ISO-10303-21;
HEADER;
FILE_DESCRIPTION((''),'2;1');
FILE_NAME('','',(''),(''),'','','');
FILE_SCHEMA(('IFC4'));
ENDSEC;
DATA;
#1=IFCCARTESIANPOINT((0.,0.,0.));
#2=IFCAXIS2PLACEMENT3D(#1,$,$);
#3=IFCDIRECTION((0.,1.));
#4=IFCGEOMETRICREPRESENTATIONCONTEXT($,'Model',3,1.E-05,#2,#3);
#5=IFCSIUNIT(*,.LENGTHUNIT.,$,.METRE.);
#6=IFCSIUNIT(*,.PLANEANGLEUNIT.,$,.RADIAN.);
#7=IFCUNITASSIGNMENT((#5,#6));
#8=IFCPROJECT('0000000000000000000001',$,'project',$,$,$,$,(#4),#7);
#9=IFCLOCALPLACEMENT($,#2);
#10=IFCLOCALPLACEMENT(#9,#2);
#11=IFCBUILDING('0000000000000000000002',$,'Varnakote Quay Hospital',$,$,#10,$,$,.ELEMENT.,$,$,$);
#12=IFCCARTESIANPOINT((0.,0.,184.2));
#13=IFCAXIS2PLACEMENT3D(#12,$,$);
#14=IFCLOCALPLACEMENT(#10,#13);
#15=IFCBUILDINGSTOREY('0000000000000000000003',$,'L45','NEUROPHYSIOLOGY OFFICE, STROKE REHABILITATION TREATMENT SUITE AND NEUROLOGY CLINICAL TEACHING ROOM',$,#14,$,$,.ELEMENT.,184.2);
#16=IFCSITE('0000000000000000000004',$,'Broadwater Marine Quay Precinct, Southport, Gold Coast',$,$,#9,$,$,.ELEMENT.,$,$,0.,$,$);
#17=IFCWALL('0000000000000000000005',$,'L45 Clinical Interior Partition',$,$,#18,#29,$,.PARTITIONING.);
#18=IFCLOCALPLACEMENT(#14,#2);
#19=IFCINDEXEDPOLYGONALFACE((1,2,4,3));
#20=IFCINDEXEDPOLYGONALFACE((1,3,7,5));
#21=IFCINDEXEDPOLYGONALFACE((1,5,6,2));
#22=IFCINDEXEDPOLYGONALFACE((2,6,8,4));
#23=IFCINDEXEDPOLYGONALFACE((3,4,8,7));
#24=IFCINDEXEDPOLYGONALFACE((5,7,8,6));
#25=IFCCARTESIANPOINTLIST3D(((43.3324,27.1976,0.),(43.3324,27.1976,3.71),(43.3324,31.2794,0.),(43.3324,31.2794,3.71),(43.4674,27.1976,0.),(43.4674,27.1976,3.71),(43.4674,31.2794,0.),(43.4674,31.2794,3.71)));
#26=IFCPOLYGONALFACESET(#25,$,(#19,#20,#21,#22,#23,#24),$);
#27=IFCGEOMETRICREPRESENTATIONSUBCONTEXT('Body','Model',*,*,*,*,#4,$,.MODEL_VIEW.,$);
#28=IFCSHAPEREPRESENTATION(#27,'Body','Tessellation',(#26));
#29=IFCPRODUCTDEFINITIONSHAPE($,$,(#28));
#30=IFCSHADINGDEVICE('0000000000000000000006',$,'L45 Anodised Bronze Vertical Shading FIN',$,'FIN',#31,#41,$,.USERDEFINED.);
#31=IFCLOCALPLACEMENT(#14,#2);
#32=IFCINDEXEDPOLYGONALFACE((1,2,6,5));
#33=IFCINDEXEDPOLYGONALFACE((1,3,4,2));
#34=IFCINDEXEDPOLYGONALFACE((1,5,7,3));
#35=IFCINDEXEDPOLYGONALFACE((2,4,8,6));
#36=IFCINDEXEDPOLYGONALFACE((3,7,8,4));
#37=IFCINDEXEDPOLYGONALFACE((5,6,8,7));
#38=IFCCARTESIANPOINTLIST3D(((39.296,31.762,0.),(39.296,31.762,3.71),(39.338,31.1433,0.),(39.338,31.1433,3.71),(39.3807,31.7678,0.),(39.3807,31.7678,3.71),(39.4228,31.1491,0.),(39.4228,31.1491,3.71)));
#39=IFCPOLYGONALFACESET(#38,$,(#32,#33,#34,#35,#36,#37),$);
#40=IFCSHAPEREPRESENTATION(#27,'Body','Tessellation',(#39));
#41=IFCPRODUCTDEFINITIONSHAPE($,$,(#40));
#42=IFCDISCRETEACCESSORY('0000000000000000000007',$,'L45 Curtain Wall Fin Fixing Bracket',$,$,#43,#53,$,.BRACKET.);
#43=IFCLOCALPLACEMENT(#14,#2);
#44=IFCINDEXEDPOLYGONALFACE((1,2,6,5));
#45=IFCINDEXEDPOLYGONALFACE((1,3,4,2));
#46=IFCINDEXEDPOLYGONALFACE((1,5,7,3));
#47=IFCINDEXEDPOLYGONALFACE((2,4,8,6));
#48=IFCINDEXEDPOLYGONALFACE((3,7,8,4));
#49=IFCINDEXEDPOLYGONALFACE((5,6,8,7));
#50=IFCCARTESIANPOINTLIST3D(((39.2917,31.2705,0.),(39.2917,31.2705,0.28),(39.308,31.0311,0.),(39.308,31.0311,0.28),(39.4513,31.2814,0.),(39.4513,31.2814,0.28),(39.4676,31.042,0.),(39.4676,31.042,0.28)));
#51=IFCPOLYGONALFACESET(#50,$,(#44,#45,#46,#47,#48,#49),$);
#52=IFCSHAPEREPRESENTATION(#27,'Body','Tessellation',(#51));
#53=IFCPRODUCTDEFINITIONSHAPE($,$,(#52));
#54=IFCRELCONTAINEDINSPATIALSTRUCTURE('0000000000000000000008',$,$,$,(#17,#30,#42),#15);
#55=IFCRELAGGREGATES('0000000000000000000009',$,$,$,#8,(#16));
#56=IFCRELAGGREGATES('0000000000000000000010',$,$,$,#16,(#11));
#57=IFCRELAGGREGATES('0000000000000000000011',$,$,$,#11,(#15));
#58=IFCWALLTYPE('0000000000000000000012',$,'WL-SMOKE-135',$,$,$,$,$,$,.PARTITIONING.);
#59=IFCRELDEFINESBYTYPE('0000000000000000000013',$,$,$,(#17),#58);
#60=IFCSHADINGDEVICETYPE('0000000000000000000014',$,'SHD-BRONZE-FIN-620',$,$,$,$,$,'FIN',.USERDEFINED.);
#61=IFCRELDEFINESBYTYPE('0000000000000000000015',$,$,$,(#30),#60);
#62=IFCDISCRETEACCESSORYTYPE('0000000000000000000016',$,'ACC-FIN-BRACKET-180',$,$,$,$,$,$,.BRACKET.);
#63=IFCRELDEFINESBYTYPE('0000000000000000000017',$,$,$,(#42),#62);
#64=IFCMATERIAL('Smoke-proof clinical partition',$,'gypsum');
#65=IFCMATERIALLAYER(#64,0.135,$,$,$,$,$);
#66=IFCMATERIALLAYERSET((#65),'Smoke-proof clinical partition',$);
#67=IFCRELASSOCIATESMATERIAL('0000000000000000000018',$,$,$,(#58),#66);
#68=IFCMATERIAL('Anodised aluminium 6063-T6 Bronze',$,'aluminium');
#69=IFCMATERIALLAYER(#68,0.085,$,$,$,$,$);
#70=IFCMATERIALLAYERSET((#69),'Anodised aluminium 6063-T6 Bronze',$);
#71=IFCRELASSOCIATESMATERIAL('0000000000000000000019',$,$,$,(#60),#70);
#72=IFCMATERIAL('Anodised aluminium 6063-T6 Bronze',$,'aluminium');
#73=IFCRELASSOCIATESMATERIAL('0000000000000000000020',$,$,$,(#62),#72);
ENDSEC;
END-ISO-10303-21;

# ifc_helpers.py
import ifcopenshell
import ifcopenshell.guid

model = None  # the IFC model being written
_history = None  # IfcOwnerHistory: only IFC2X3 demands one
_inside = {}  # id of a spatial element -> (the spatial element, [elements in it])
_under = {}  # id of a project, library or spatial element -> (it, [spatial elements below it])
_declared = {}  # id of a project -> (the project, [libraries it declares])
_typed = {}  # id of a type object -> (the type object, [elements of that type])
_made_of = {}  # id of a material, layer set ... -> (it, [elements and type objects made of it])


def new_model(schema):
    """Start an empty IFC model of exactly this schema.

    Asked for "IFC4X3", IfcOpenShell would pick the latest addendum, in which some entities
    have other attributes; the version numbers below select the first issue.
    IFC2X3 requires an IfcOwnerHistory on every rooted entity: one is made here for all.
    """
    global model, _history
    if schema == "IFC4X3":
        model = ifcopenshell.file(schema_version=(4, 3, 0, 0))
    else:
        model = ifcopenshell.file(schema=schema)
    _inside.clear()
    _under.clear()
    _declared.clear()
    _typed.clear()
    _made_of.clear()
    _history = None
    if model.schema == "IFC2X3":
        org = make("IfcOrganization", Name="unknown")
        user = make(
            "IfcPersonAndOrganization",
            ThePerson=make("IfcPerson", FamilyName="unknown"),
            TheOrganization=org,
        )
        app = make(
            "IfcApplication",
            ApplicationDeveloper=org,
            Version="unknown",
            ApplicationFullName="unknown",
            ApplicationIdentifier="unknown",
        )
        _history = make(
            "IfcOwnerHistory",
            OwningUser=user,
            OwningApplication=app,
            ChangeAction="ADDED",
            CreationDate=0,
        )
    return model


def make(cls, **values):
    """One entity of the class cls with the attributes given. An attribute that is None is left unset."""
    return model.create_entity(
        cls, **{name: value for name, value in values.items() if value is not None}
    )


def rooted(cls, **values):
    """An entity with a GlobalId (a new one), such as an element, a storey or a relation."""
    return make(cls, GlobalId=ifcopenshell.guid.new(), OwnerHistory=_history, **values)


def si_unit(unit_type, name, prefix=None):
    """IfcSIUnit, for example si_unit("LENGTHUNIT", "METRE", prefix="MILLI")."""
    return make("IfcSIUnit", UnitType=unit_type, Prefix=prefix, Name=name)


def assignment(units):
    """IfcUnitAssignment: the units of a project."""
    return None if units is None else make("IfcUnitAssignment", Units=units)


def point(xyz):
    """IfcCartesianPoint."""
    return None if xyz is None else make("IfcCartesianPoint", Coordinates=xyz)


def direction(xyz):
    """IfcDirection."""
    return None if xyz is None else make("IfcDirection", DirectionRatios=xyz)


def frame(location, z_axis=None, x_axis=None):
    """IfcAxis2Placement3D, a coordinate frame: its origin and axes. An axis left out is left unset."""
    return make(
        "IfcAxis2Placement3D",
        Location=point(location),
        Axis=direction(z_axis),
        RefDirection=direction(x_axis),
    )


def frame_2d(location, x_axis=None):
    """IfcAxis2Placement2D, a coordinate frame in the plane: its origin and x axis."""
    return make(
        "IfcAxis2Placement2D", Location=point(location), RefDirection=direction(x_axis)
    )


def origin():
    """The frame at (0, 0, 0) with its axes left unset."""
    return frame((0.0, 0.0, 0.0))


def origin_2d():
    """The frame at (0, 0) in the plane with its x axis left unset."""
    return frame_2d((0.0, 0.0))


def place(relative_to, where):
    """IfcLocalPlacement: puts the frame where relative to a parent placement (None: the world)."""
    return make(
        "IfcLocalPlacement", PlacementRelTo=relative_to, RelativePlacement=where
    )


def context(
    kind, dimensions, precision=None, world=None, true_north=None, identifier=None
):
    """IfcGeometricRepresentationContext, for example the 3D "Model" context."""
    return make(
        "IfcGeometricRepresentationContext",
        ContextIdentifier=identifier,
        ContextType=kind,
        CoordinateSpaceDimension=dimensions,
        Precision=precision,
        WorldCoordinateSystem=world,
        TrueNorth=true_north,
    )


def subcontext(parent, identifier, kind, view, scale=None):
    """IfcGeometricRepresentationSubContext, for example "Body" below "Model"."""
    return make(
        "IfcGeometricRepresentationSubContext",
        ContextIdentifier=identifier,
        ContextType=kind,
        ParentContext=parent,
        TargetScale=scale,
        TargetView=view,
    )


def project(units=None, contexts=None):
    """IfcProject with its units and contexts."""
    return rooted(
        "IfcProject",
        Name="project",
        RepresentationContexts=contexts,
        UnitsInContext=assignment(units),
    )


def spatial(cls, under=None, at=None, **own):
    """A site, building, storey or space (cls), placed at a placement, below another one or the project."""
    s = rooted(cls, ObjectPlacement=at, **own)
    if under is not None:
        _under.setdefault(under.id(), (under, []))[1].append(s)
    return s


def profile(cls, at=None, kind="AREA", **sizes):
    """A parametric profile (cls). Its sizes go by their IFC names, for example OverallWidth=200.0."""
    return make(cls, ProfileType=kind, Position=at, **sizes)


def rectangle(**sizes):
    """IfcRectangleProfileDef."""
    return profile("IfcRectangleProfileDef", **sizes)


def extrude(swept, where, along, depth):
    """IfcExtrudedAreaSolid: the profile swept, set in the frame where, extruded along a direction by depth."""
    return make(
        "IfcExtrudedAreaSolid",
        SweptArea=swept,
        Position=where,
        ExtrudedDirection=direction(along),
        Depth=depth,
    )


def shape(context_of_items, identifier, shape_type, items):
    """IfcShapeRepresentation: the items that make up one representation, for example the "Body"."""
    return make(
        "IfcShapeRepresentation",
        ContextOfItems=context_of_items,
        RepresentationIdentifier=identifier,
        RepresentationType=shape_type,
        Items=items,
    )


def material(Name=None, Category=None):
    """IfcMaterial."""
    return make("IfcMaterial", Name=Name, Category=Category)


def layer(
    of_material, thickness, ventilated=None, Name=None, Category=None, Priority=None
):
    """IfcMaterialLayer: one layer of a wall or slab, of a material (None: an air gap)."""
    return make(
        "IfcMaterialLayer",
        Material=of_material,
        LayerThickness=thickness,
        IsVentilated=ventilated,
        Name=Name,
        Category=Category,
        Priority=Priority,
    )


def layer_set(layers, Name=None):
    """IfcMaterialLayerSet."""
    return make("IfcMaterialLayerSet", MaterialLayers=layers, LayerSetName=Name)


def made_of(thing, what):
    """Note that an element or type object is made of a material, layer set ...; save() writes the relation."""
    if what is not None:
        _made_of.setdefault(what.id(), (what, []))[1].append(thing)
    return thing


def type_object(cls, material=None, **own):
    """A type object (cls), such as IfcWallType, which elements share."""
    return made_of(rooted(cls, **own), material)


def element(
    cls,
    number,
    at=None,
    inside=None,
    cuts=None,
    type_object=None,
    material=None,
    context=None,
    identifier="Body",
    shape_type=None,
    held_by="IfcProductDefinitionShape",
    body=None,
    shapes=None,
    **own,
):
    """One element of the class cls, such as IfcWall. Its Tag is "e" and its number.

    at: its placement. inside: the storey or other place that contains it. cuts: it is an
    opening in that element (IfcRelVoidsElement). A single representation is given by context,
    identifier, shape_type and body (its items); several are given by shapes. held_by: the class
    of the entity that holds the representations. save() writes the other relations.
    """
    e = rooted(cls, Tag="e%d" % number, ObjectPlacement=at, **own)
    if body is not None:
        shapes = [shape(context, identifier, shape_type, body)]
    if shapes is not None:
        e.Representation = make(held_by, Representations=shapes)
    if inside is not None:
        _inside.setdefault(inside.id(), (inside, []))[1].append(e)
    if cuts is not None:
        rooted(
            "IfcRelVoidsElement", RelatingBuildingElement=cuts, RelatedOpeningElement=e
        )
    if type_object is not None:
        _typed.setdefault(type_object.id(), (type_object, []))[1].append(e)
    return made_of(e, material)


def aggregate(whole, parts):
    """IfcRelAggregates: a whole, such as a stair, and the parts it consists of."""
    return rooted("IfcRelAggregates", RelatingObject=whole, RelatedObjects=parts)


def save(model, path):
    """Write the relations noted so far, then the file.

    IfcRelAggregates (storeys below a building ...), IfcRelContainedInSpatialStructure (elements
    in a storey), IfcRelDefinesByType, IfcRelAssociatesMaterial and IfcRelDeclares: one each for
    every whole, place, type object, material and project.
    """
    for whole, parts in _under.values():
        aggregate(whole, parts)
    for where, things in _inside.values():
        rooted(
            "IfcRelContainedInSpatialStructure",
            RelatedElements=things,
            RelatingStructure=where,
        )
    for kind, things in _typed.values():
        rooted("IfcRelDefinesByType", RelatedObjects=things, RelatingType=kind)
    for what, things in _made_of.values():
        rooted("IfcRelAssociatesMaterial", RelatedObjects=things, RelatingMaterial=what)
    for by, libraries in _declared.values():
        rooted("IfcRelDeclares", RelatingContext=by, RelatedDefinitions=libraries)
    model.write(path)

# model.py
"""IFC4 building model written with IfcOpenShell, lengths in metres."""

from ifc_helpers import new_model, si_unit, direction, frame, frame_2d, origin, origin_2d, place, context, subcontext, project, spatial, rectangle, extrude, material, layer, layer_set, type_object, element, save


model = new_model("IFC4")

# Units and contexts
model_context = context("Model", 3, precision=1e-05, world=origin(), true_north=direction((0.0, 1.0)))
body_context = subcontext(model_context, "Body", "Model", "MODEL_VIEW")
ifc_project = project(units=[si_unit("LENGTHUNIT", "METRE"), si_unit("PLANEANGLEUNIT", "RADIAN")], contexts=[model_context])

# Site, building, storey
site_placement = place(None, origin())
site = spatial("IfcSite", under=ifc_project, at=site_placement, Name="Broadwater Marine Quay Precinct, Southport, Gold Coast", CompositionType="ELEMENT", RefElevation=0.0)
building_placement = place(site_placement, origin())
building = spatial("IfcBuilding", under=site, at=building_placement, Name="Varnakote Quay Hospital", CompositionType="ELEMENT")
storey_placement = place(building_placement, frame((0.0, 0.0, 184.2)))
storey = spatial("IfcBuildingStorey", under=building, at=storey_placement, Name="L45", Description="NEUROPHYSIOLOGY OFFICE, STROKE REHABILITATION TREATMENT SUITE AND NEUROLOGY CLINICAL TEACHING ROOM", CompositionType="ELEMENT", Elevation=184.2)

# Shared definitions
ifc_material_1 = material(Name="Smoke-proof clinical partition", Category="gypsum")
ifc_layer_1 = layer(ifc_material_1, 0.135)
ifc_layer_set_1 = layer_set([ifc_layer_1], Name="Smoke-proof clinical partition")
wall_type = type_object("IfcWallType", Name="WL-SMOKE-135", PredefinedType="PARTITIONING", material=ifc_layer_set_1)

# Wall
wall_1_placement = place(storey_placement, frame((43.3999, 27.1975, 0.0), z_axis=(0.0, 0.0, 1.0), x_axis=(0.0, 1.0, 0.0)))
element("IfcWall", 1, at=wall_1_placement, inside=storey, type_object=wall_type, Name="L45 Clinical Interior Partition", PredefinedType="PARTITIONING", context=body_context, shape_type="SweptSolid", body=[
    extrude(rectangle(XDim=4.0818, YDim=0.135, at=frame_2d((2.041, 0.0))), origin(), (0.0, 0.0, 1.0), 3.71),
])

# Shading device
ifc_material_2 = material(Name="Anodised aluminium 6063-T6 Bronze", Category="aluminium")
ifc_layer_2 = layer(ifc_material_2, 0.085)
ifc_layer_set_2 = layer_set([ifc_layer_2], Name="Anodised aluminium 6063-T6 Bronze")
shading_device_type = type_object("IfcShadingDeviceType", Name="SHD-BRONZE-FIN-620", ElementType="FIN", PredefinedType="USERDEFINED", material=ifc_layer_set_2)
shading_device_placement = place(storey_placement, frame((39.3594, 31.4556, 0.0), z_axis=(0.0, 0.0, 1.0), x_axis=(0.067841, -0.997696, 0.0)))
element("IfcShadingDevice", 2, at=shading_device_placement, inside=storey, type_object=shading_device_type, Name="L45 Anodised Bronze Vertical Shading FIN", ObjectType="FIN", PredefinedType="USERDEFINED", context=body_context, shape_type="SweptSolid", body=[
    extrude(rectangle(XDim=0.6201, YDim=0.085, at=origin_2d()), origin(), (0.0, 0.0, 1.0), 3.71),
])

# Discrete accessory
ifc_material_3 = material(Name="Anodised aluminium 6063-T6 Bronze", Category="aluminium")
discrete_accessory_type = type_object("IfcDiscreteAccessoryType", Name="ACC-FIN-BRACKET-180", PredefinedType="BRACKET", material=ifc_material_3)
discrete_accessory_placement = place(storey_placement, frame((39.3796, 31.1562, 0.0), z_axis=(0.0, 0.0, 1.0), x_axis=(-0.997696, -0.067841, 0.0)))
element("IfcDiscreteAccessory", 3, at=discrete_accessory_placement, inside=storey, type_object=discrete_accessory_type, Name="L45 Curtain Wall Fin Fixing Bracket", PredefinedType="BRACKET", context=body_context, shape_type="SweptSolid", body=[
    extrude(rectangle(XDim=0.1599, YDim=0.24, at=origin_2d()), origin(), (0.0, 0.0, 1.0), 0.28),
])

save(model, "model.ifc")
